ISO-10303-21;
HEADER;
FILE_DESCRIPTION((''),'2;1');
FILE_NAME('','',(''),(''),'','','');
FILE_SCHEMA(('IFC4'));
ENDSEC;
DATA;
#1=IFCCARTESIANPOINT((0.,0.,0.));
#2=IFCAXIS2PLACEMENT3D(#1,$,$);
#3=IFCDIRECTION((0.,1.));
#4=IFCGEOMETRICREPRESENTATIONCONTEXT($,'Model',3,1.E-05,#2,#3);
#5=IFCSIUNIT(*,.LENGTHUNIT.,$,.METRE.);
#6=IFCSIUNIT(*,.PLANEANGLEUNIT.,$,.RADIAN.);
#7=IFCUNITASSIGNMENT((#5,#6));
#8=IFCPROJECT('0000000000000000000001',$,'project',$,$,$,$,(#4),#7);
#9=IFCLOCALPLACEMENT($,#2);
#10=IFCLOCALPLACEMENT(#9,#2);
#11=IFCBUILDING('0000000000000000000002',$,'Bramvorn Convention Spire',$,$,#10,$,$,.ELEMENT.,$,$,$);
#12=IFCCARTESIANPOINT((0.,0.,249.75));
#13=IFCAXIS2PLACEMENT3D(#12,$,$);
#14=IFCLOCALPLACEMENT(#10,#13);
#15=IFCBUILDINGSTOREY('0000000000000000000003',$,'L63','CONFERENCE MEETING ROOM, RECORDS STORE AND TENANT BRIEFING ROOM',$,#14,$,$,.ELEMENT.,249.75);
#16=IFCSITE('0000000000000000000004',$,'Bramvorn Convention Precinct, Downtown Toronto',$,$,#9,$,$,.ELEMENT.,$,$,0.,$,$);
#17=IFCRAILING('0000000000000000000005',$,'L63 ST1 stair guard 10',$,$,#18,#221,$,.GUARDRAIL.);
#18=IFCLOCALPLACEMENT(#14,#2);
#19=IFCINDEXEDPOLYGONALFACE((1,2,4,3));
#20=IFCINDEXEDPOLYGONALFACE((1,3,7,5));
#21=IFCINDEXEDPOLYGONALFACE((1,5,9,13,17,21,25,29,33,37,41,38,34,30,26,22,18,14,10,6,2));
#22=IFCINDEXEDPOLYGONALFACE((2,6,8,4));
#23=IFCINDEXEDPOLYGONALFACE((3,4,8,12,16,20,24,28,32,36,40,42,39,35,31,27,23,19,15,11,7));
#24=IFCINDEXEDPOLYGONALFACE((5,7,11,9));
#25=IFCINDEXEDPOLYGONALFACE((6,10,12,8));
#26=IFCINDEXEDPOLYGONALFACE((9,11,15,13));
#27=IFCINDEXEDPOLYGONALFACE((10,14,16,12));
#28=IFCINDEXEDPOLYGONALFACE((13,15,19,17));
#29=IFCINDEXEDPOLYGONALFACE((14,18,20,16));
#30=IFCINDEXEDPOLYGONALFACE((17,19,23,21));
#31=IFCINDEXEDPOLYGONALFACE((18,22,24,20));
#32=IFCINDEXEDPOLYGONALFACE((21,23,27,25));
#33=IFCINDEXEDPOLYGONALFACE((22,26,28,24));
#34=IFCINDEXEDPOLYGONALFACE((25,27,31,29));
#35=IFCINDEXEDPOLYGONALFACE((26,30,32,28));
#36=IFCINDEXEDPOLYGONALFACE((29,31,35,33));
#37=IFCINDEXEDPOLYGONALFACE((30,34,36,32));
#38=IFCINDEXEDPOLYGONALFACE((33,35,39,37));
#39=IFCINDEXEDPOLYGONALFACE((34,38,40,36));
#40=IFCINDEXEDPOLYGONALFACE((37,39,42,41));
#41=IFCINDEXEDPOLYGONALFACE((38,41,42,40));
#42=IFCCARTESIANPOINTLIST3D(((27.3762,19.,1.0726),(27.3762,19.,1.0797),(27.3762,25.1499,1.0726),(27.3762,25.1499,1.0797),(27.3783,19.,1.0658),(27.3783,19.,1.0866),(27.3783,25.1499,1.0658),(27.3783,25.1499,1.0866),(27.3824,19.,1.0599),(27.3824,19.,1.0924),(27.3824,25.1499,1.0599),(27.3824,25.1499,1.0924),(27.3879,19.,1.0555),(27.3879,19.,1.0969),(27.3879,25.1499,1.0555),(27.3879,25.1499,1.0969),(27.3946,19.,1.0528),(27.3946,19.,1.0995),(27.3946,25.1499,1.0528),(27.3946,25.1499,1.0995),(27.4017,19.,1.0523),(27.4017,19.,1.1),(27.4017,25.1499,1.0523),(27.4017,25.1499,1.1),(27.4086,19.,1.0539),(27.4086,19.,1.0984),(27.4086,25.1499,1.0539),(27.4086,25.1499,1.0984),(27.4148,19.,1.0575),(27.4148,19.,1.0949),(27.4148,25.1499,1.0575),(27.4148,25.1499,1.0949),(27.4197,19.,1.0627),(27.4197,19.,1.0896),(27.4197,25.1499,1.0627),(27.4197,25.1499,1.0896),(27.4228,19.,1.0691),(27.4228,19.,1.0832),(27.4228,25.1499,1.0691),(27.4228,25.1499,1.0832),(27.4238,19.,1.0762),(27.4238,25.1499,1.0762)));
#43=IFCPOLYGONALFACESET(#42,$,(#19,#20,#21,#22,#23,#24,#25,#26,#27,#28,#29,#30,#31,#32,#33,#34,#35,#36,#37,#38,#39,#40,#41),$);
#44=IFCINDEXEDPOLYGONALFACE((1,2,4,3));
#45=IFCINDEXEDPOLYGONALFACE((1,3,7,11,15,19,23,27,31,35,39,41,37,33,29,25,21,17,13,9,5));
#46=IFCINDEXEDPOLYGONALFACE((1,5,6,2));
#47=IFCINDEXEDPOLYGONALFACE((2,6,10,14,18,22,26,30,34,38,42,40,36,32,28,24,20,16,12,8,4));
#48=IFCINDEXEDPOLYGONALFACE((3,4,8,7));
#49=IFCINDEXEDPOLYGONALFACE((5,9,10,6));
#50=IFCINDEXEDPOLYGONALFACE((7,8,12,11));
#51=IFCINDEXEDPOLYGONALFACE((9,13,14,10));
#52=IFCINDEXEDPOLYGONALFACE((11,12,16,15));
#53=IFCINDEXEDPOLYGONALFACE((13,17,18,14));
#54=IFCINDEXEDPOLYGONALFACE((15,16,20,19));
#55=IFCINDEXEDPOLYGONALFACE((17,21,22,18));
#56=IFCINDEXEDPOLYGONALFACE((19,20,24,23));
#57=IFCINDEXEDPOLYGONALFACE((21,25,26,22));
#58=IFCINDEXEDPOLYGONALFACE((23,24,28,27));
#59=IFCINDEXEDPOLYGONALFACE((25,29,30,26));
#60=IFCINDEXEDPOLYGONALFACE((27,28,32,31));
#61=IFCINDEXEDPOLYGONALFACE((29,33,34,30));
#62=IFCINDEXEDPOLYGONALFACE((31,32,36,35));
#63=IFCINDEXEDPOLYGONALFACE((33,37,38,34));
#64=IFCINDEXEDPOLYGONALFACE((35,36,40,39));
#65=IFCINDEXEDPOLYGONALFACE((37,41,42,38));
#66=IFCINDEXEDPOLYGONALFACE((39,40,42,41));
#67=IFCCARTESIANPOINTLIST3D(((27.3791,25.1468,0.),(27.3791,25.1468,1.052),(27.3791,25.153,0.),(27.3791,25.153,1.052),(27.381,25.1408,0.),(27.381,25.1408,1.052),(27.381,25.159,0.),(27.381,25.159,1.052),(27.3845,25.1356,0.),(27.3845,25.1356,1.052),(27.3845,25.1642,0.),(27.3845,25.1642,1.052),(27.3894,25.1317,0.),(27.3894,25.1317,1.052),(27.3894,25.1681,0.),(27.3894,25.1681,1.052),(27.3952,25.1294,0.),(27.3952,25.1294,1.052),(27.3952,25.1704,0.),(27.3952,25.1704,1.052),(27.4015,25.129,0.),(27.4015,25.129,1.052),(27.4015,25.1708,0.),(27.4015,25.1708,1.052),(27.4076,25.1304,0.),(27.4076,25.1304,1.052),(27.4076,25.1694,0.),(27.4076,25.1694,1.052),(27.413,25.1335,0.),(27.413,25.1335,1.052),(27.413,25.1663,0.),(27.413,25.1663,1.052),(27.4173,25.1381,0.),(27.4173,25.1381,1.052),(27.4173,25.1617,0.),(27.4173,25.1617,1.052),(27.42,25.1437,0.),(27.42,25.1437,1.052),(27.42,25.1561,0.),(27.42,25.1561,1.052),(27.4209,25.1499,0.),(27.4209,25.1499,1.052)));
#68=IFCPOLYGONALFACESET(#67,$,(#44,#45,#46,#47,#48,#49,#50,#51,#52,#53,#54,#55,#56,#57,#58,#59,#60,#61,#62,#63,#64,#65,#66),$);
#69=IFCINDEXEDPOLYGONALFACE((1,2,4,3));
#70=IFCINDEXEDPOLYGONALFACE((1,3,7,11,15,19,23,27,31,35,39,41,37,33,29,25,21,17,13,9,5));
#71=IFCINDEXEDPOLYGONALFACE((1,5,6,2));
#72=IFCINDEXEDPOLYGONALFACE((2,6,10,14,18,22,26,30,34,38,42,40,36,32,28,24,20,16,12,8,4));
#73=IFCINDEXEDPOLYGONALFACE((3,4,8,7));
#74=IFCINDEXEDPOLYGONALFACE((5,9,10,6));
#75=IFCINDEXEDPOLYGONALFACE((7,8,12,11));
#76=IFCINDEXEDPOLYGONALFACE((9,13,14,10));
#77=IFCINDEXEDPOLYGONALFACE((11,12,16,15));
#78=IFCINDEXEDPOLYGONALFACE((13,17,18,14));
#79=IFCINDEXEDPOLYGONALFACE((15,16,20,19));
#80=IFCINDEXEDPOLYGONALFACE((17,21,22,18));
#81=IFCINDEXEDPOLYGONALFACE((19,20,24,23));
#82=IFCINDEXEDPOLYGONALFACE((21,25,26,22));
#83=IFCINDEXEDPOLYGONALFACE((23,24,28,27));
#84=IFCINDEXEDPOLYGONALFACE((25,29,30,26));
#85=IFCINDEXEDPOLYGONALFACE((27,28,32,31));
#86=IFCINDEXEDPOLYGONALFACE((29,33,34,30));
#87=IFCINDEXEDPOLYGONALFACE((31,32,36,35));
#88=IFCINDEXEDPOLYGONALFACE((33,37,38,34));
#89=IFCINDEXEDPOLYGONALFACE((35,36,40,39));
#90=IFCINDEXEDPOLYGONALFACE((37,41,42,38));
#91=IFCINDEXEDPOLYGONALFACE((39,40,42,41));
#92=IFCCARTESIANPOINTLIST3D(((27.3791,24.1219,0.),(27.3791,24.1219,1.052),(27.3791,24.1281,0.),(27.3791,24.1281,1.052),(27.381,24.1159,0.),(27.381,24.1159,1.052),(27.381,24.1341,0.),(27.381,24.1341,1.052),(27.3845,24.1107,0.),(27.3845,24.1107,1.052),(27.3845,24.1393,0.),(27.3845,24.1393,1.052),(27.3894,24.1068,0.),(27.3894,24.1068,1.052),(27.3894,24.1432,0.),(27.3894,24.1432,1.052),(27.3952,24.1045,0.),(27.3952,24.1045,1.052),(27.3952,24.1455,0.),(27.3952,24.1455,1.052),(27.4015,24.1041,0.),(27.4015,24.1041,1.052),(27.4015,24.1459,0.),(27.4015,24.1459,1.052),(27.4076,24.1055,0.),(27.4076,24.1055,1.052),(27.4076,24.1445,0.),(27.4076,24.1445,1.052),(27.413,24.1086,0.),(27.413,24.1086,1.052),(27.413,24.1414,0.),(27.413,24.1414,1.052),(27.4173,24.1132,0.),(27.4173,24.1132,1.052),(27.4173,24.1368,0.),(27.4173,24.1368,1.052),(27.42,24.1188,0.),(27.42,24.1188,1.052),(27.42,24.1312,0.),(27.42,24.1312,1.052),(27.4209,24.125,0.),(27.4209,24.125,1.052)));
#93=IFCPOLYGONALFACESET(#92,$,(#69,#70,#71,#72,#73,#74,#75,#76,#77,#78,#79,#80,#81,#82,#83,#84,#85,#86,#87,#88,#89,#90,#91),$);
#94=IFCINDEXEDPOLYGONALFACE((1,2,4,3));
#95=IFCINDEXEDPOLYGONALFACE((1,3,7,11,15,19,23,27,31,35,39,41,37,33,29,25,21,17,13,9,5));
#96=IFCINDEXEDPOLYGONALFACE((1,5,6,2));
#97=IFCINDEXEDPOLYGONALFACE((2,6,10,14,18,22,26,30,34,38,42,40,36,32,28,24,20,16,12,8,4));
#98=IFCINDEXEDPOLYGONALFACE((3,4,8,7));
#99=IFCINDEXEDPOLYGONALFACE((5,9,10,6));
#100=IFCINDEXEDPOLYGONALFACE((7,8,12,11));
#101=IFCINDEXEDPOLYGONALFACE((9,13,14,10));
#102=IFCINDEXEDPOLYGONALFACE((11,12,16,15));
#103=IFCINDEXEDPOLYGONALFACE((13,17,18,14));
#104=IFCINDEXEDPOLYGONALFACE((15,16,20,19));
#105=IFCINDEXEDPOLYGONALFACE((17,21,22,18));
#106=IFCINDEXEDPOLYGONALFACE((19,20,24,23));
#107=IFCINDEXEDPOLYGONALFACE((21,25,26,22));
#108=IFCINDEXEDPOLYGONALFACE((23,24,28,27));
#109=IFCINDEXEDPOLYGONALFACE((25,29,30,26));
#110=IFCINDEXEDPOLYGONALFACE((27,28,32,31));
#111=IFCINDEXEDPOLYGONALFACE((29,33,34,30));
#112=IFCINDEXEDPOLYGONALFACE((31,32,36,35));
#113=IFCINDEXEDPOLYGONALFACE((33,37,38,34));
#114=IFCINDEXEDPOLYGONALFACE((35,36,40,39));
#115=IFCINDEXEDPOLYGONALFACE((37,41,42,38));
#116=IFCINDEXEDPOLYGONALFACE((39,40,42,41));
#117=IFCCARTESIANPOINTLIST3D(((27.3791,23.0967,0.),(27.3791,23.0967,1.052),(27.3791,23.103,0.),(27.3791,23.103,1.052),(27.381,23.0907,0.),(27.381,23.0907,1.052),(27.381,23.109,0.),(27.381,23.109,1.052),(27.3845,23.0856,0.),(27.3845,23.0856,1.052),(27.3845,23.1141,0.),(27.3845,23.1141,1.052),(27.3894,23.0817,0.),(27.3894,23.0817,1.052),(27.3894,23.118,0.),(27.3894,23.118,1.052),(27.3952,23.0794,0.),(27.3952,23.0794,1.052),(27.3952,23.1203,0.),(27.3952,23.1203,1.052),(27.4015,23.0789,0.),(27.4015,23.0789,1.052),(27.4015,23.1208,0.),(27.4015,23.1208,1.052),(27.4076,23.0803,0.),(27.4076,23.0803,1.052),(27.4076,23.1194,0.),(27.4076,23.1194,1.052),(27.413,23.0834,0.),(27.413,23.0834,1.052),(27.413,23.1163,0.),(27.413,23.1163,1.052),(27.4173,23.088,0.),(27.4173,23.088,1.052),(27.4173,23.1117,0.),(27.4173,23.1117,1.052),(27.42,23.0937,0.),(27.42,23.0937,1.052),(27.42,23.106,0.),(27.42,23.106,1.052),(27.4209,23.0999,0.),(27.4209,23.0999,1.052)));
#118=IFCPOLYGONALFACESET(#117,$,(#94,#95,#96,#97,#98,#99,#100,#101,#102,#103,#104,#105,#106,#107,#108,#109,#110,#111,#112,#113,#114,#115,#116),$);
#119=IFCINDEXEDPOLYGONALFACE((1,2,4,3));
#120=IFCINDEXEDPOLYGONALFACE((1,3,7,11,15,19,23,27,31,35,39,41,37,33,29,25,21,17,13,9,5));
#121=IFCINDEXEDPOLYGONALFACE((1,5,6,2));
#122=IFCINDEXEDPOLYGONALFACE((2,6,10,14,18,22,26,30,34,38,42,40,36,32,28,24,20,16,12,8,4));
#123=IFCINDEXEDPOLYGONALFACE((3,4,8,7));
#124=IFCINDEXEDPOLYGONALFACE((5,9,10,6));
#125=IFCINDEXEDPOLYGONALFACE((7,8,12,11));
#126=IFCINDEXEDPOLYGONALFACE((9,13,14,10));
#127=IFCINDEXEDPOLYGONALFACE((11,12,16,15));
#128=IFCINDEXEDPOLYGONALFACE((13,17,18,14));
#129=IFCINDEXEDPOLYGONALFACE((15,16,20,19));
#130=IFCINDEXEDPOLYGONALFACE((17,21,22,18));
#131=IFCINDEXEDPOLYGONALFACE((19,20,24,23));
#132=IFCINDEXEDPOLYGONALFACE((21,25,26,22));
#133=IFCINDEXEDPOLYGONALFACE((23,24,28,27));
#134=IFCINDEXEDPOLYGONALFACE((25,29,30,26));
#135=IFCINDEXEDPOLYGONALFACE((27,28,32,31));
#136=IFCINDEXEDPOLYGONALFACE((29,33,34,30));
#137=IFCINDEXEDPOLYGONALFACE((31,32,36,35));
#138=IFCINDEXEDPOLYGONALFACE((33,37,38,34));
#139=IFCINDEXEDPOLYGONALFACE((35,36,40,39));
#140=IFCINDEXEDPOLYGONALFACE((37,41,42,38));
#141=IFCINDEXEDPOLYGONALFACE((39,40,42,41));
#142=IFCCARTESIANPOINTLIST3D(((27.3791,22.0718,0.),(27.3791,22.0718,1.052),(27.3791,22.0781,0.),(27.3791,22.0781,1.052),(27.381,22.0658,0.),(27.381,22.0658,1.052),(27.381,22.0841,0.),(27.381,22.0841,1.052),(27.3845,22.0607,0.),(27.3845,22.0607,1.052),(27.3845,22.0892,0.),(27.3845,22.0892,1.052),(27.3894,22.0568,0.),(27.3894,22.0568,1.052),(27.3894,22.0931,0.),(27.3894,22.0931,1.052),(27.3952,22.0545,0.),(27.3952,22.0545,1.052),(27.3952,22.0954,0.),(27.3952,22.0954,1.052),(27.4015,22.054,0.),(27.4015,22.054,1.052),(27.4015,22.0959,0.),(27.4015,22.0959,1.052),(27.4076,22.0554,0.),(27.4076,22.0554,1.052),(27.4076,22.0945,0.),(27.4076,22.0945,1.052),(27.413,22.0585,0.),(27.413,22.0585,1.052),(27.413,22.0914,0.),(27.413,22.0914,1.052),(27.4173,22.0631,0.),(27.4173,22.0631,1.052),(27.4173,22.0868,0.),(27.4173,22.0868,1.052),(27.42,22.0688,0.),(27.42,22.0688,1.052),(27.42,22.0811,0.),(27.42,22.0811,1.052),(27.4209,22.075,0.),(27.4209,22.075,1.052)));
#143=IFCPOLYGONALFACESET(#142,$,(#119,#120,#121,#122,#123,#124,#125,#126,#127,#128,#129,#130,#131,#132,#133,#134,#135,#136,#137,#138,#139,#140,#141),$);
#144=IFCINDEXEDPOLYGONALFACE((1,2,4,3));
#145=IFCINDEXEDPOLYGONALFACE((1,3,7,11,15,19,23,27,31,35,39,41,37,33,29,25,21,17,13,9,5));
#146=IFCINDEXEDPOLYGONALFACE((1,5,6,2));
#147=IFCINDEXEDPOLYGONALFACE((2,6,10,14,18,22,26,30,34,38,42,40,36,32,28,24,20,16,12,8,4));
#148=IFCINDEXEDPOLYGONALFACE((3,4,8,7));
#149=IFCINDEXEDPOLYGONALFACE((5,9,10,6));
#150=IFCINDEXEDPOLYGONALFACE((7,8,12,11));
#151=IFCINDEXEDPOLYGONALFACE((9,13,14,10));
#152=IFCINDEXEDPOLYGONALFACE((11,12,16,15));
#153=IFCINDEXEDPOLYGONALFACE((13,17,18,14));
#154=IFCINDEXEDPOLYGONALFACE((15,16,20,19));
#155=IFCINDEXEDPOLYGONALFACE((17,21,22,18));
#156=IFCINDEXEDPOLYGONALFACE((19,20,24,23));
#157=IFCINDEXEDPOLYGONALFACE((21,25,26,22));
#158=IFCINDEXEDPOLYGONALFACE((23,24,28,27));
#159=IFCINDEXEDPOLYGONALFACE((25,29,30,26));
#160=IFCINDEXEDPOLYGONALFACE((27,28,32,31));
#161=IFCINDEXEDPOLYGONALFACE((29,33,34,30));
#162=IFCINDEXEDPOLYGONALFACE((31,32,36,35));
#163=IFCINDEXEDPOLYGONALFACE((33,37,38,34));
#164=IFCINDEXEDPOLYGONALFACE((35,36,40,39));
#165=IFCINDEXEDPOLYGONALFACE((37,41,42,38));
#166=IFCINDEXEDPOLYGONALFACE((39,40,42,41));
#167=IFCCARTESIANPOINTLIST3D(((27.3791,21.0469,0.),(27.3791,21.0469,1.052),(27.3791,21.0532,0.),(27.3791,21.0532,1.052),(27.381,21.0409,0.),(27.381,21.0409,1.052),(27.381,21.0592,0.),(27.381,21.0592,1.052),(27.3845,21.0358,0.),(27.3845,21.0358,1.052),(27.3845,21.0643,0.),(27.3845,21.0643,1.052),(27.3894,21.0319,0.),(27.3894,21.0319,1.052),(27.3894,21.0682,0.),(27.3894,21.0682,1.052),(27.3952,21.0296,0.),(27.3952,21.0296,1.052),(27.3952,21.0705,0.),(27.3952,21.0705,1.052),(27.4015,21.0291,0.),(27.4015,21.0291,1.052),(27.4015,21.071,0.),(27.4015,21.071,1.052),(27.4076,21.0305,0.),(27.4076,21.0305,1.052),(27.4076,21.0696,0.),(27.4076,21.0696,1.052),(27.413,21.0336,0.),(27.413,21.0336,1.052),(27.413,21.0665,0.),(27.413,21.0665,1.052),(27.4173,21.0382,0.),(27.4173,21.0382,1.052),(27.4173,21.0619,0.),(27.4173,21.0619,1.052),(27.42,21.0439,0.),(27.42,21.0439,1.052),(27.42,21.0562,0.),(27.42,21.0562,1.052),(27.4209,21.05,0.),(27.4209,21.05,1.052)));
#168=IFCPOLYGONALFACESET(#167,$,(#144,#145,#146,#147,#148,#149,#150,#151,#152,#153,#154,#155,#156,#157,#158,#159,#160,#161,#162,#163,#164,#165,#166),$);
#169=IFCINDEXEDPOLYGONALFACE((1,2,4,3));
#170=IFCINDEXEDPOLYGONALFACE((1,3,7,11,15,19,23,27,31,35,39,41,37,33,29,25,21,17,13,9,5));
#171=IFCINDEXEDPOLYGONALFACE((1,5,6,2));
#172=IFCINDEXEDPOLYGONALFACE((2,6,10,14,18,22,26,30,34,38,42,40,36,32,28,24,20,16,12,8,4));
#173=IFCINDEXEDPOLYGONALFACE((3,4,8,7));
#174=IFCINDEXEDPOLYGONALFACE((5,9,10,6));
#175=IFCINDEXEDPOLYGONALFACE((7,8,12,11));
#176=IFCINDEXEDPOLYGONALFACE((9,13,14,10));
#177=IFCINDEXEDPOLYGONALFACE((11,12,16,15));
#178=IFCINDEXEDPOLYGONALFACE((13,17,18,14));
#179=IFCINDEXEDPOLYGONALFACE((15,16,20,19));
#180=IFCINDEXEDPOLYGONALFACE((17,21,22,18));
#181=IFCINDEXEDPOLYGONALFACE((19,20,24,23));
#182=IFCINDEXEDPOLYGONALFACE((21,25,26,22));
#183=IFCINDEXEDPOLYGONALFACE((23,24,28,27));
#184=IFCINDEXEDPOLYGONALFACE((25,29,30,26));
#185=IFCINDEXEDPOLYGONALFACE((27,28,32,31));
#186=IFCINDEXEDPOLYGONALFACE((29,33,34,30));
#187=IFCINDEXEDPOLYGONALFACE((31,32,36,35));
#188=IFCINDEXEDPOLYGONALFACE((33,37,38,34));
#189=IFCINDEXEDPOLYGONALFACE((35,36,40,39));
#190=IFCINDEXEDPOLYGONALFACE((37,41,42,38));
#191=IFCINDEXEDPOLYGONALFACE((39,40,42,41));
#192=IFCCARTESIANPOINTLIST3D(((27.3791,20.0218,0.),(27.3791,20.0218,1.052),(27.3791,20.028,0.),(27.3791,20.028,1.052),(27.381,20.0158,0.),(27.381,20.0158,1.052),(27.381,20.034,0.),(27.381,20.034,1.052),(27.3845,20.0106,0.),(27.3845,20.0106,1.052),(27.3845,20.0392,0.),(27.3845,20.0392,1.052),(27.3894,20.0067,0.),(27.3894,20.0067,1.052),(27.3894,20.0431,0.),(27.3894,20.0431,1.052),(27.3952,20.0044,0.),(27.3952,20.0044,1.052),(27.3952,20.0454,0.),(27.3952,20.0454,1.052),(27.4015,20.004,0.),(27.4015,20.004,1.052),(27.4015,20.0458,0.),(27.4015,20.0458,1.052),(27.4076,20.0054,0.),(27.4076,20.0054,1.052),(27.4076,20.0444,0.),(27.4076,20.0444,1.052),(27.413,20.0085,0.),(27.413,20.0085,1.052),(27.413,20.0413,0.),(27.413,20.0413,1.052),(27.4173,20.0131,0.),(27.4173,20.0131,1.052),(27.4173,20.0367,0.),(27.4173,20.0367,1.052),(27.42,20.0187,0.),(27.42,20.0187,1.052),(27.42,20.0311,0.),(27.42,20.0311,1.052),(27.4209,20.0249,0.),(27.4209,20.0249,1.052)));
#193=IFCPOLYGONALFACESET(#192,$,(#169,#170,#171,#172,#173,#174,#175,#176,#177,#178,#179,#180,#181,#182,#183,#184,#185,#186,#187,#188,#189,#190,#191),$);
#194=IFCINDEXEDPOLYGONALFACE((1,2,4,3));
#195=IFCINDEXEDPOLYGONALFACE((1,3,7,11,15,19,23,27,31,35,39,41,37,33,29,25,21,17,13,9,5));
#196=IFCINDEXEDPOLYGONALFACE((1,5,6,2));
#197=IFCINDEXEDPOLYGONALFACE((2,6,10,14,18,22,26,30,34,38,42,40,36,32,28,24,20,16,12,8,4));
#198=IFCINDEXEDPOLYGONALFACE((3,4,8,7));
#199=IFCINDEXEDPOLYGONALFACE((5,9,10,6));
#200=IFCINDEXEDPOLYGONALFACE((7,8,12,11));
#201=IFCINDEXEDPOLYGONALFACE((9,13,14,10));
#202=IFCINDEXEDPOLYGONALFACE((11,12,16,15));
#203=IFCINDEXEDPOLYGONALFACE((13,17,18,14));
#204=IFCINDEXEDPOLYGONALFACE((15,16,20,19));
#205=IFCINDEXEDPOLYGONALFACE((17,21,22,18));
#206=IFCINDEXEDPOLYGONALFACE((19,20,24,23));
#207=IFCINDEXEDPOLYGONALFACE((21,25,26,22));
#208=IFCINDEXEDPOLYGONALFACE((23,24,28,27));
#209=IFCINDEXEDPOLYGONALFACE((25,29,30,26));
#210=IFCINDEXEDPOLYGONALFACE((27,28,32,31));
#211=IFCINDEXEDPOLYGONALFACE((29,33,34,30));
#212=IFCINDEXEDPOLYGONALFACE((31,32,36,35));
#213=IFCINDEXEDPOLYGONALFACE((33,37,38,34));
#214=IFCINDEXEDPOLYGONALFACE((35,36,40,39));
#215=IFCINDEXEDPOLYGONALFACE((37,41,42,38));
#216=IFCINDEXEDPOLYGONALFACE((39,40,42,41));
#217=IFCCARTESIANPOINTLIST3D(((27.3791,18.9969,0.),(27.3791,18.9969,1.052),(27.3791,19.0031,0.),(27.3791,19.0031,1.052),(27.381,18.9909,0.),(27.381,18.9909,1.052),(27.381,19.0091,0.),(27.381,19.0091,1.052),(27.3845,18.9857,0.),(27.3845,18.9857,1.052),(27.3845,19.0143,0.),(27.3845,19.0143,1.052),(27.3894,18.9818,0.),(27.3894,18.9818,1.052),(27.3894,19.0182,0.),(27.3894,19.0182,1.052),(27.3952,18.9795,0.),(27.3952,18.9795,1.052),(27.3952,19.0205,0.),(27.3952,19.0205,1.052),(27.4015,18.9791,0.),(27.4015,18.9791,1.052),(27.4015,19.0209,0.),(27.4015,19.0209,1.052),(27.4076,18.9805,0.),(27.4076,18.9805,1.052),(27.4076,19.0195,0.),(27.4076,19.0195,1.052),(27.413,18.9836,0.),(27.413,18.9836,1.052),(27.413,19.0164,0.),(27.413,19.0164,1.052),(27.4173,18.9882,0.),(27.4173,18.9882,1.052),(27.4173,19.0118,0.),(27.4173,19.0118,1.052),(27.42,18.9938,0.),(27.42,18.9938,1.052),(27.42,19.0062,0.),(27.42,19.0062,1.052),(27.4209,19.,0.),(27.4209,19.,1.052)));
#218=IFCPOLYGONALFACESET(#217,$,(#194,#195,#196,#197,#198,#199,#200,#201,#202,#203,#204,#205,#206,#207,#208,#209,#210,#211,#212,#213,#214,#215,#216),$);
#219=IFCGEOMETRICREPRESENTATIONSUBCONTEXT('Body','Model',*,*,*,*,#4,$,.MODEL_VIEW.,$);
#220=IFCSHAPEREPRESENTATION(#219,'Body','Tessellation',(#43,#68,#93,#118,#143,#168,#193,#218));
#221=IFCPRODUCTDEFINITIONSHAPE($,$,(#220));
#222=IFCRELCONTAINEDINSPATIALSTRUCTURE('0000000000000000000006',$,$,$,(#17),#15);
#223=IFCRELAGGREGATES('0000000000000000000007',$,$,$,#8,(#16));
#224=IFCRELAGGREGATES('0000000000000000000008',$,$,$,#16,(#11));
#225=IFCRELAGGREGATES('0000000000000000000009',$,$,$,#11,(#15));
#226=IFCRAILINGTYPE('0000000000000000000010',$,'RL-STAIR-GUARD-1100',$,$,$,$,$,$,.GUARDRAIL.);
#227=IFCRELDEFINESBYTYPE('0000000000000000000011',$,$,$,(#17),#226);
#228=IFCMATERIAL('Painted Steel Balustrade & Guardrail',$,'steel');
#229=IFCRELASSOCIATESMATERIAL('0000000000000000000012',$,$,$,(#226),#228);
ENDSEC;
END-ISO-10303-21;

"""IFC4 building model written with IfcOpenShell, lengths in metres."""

from ifc_helpers import new_model, si_unit, direction, frame, origin, origin_2d, place, context, subcontext, project, spatial, circle, extrude, material, type_object, element, save


model = new_model("IFC4")

# Units and contexts
model_context = context("Model", 3, precision=1e-05, world=origin(), true_north=direction((0.0, 1.0)))
body_context = subcontext(model_context, "Body", "Model", "MODEL_VIEW")
ifc_project = project(units=[si_unit("LENGTHUNIT", "METRE"), si_unit("PLANEANGLEUNIT", "RADIAN")], contexts=[model_context])

# Site, building, storey
site_placement = place(None, origin())
site = spatial("IfcSite", under=ifc_project, at=site_placement, Name="Bramvorn Convention Precinct, Downtown Toronto", CompositionType="ELEMENT", RefElevation=0.0)
building_placement = place(site_placement, origin())
building = spatial("IfcBuilding", under=site, at=building_placement, Name="Bramvorn Convention Spire", CompositionType="ELEMENT")
storey_placement = place(building_placement, frame((0.0, 0.0, 249.75)))
storey = spatial("IfcBuildingStorey", under=building, at=storey_placement, Name="L63", Description="CONFERENCE MEETING ROOM, RECORDS STORE AND TENANT BRIEFING ROOM", CompositionType="ELEMENT", Elevation=249.75)

# Railing
ifc_material_1 = material(Name="Painted Steel Balustrade & Guardrail", Category="steel")
railing_type_1 = type_object("IfcRailingType", Name="RL-STAIR-GUARD-1100", PredefinedType="GUARDRAIL", material=ifc_material_1)
railing_1_placement = place(storey_placement, frame((27.3999, 25.1499, 0.0)))
element("IfcRailing", 1, at=railing_1_placement, inside=storey, type_object=railing_type_1, Name="L63 ST1 stair guard 10", PredefinedType="GUARDRAIL", context=body_context, shape_type="SweptSolid", body=[
    extrude(circle(Radius=0.0239, at=origin_2d()), frame((0.0, 0.0, 1.0762), z_axis=(0.0, -1.0, 0.0), x_axis=(1.0, 0.0, 0.0)), (0.0, 0.0, 1.0), 6.1499),
    extrude(circle(Radius=0.021, at=origin_2d()), origin(), (0.0, 0.0, 1.0), 1.052),
    extrude(circle(Radius=0.021, at=origin_2d()), frame((0.0, -1.0249, 0.0)), (0.0, 0.0, 1.0), 1.052),
    extrude(circle(Radius=0.021, at=origin_2d()), frame((0.0, -2.05, 0.0)), (0.0, 0.0, 1.0), 1.052),
    extrude(circle(Radius=0.021, at=origin_2d()), frame((0.0, -3.075, 0.0)), (0.0, 0.0, 1.0), 1.052),
    extrude(circle(Radius=0.021, at=origin_2d()), frame((0.0, -4.0999, 0.0)), (0.0, 0.0, 1.0), 1.052),
    extrude(circle(Radius=0.021, at=origin_2d()), frame((0.0, -5.125, 0.0)), (0.0, 0.0, 1.0), 1.052),
    extrude(circle(Radius=0.021, at=origin_2d()), frame((0.0, -6.1499, 0.0)), (0.0, 0.0, 1.0), 1.052),
])

save(model, "model.ifc")
